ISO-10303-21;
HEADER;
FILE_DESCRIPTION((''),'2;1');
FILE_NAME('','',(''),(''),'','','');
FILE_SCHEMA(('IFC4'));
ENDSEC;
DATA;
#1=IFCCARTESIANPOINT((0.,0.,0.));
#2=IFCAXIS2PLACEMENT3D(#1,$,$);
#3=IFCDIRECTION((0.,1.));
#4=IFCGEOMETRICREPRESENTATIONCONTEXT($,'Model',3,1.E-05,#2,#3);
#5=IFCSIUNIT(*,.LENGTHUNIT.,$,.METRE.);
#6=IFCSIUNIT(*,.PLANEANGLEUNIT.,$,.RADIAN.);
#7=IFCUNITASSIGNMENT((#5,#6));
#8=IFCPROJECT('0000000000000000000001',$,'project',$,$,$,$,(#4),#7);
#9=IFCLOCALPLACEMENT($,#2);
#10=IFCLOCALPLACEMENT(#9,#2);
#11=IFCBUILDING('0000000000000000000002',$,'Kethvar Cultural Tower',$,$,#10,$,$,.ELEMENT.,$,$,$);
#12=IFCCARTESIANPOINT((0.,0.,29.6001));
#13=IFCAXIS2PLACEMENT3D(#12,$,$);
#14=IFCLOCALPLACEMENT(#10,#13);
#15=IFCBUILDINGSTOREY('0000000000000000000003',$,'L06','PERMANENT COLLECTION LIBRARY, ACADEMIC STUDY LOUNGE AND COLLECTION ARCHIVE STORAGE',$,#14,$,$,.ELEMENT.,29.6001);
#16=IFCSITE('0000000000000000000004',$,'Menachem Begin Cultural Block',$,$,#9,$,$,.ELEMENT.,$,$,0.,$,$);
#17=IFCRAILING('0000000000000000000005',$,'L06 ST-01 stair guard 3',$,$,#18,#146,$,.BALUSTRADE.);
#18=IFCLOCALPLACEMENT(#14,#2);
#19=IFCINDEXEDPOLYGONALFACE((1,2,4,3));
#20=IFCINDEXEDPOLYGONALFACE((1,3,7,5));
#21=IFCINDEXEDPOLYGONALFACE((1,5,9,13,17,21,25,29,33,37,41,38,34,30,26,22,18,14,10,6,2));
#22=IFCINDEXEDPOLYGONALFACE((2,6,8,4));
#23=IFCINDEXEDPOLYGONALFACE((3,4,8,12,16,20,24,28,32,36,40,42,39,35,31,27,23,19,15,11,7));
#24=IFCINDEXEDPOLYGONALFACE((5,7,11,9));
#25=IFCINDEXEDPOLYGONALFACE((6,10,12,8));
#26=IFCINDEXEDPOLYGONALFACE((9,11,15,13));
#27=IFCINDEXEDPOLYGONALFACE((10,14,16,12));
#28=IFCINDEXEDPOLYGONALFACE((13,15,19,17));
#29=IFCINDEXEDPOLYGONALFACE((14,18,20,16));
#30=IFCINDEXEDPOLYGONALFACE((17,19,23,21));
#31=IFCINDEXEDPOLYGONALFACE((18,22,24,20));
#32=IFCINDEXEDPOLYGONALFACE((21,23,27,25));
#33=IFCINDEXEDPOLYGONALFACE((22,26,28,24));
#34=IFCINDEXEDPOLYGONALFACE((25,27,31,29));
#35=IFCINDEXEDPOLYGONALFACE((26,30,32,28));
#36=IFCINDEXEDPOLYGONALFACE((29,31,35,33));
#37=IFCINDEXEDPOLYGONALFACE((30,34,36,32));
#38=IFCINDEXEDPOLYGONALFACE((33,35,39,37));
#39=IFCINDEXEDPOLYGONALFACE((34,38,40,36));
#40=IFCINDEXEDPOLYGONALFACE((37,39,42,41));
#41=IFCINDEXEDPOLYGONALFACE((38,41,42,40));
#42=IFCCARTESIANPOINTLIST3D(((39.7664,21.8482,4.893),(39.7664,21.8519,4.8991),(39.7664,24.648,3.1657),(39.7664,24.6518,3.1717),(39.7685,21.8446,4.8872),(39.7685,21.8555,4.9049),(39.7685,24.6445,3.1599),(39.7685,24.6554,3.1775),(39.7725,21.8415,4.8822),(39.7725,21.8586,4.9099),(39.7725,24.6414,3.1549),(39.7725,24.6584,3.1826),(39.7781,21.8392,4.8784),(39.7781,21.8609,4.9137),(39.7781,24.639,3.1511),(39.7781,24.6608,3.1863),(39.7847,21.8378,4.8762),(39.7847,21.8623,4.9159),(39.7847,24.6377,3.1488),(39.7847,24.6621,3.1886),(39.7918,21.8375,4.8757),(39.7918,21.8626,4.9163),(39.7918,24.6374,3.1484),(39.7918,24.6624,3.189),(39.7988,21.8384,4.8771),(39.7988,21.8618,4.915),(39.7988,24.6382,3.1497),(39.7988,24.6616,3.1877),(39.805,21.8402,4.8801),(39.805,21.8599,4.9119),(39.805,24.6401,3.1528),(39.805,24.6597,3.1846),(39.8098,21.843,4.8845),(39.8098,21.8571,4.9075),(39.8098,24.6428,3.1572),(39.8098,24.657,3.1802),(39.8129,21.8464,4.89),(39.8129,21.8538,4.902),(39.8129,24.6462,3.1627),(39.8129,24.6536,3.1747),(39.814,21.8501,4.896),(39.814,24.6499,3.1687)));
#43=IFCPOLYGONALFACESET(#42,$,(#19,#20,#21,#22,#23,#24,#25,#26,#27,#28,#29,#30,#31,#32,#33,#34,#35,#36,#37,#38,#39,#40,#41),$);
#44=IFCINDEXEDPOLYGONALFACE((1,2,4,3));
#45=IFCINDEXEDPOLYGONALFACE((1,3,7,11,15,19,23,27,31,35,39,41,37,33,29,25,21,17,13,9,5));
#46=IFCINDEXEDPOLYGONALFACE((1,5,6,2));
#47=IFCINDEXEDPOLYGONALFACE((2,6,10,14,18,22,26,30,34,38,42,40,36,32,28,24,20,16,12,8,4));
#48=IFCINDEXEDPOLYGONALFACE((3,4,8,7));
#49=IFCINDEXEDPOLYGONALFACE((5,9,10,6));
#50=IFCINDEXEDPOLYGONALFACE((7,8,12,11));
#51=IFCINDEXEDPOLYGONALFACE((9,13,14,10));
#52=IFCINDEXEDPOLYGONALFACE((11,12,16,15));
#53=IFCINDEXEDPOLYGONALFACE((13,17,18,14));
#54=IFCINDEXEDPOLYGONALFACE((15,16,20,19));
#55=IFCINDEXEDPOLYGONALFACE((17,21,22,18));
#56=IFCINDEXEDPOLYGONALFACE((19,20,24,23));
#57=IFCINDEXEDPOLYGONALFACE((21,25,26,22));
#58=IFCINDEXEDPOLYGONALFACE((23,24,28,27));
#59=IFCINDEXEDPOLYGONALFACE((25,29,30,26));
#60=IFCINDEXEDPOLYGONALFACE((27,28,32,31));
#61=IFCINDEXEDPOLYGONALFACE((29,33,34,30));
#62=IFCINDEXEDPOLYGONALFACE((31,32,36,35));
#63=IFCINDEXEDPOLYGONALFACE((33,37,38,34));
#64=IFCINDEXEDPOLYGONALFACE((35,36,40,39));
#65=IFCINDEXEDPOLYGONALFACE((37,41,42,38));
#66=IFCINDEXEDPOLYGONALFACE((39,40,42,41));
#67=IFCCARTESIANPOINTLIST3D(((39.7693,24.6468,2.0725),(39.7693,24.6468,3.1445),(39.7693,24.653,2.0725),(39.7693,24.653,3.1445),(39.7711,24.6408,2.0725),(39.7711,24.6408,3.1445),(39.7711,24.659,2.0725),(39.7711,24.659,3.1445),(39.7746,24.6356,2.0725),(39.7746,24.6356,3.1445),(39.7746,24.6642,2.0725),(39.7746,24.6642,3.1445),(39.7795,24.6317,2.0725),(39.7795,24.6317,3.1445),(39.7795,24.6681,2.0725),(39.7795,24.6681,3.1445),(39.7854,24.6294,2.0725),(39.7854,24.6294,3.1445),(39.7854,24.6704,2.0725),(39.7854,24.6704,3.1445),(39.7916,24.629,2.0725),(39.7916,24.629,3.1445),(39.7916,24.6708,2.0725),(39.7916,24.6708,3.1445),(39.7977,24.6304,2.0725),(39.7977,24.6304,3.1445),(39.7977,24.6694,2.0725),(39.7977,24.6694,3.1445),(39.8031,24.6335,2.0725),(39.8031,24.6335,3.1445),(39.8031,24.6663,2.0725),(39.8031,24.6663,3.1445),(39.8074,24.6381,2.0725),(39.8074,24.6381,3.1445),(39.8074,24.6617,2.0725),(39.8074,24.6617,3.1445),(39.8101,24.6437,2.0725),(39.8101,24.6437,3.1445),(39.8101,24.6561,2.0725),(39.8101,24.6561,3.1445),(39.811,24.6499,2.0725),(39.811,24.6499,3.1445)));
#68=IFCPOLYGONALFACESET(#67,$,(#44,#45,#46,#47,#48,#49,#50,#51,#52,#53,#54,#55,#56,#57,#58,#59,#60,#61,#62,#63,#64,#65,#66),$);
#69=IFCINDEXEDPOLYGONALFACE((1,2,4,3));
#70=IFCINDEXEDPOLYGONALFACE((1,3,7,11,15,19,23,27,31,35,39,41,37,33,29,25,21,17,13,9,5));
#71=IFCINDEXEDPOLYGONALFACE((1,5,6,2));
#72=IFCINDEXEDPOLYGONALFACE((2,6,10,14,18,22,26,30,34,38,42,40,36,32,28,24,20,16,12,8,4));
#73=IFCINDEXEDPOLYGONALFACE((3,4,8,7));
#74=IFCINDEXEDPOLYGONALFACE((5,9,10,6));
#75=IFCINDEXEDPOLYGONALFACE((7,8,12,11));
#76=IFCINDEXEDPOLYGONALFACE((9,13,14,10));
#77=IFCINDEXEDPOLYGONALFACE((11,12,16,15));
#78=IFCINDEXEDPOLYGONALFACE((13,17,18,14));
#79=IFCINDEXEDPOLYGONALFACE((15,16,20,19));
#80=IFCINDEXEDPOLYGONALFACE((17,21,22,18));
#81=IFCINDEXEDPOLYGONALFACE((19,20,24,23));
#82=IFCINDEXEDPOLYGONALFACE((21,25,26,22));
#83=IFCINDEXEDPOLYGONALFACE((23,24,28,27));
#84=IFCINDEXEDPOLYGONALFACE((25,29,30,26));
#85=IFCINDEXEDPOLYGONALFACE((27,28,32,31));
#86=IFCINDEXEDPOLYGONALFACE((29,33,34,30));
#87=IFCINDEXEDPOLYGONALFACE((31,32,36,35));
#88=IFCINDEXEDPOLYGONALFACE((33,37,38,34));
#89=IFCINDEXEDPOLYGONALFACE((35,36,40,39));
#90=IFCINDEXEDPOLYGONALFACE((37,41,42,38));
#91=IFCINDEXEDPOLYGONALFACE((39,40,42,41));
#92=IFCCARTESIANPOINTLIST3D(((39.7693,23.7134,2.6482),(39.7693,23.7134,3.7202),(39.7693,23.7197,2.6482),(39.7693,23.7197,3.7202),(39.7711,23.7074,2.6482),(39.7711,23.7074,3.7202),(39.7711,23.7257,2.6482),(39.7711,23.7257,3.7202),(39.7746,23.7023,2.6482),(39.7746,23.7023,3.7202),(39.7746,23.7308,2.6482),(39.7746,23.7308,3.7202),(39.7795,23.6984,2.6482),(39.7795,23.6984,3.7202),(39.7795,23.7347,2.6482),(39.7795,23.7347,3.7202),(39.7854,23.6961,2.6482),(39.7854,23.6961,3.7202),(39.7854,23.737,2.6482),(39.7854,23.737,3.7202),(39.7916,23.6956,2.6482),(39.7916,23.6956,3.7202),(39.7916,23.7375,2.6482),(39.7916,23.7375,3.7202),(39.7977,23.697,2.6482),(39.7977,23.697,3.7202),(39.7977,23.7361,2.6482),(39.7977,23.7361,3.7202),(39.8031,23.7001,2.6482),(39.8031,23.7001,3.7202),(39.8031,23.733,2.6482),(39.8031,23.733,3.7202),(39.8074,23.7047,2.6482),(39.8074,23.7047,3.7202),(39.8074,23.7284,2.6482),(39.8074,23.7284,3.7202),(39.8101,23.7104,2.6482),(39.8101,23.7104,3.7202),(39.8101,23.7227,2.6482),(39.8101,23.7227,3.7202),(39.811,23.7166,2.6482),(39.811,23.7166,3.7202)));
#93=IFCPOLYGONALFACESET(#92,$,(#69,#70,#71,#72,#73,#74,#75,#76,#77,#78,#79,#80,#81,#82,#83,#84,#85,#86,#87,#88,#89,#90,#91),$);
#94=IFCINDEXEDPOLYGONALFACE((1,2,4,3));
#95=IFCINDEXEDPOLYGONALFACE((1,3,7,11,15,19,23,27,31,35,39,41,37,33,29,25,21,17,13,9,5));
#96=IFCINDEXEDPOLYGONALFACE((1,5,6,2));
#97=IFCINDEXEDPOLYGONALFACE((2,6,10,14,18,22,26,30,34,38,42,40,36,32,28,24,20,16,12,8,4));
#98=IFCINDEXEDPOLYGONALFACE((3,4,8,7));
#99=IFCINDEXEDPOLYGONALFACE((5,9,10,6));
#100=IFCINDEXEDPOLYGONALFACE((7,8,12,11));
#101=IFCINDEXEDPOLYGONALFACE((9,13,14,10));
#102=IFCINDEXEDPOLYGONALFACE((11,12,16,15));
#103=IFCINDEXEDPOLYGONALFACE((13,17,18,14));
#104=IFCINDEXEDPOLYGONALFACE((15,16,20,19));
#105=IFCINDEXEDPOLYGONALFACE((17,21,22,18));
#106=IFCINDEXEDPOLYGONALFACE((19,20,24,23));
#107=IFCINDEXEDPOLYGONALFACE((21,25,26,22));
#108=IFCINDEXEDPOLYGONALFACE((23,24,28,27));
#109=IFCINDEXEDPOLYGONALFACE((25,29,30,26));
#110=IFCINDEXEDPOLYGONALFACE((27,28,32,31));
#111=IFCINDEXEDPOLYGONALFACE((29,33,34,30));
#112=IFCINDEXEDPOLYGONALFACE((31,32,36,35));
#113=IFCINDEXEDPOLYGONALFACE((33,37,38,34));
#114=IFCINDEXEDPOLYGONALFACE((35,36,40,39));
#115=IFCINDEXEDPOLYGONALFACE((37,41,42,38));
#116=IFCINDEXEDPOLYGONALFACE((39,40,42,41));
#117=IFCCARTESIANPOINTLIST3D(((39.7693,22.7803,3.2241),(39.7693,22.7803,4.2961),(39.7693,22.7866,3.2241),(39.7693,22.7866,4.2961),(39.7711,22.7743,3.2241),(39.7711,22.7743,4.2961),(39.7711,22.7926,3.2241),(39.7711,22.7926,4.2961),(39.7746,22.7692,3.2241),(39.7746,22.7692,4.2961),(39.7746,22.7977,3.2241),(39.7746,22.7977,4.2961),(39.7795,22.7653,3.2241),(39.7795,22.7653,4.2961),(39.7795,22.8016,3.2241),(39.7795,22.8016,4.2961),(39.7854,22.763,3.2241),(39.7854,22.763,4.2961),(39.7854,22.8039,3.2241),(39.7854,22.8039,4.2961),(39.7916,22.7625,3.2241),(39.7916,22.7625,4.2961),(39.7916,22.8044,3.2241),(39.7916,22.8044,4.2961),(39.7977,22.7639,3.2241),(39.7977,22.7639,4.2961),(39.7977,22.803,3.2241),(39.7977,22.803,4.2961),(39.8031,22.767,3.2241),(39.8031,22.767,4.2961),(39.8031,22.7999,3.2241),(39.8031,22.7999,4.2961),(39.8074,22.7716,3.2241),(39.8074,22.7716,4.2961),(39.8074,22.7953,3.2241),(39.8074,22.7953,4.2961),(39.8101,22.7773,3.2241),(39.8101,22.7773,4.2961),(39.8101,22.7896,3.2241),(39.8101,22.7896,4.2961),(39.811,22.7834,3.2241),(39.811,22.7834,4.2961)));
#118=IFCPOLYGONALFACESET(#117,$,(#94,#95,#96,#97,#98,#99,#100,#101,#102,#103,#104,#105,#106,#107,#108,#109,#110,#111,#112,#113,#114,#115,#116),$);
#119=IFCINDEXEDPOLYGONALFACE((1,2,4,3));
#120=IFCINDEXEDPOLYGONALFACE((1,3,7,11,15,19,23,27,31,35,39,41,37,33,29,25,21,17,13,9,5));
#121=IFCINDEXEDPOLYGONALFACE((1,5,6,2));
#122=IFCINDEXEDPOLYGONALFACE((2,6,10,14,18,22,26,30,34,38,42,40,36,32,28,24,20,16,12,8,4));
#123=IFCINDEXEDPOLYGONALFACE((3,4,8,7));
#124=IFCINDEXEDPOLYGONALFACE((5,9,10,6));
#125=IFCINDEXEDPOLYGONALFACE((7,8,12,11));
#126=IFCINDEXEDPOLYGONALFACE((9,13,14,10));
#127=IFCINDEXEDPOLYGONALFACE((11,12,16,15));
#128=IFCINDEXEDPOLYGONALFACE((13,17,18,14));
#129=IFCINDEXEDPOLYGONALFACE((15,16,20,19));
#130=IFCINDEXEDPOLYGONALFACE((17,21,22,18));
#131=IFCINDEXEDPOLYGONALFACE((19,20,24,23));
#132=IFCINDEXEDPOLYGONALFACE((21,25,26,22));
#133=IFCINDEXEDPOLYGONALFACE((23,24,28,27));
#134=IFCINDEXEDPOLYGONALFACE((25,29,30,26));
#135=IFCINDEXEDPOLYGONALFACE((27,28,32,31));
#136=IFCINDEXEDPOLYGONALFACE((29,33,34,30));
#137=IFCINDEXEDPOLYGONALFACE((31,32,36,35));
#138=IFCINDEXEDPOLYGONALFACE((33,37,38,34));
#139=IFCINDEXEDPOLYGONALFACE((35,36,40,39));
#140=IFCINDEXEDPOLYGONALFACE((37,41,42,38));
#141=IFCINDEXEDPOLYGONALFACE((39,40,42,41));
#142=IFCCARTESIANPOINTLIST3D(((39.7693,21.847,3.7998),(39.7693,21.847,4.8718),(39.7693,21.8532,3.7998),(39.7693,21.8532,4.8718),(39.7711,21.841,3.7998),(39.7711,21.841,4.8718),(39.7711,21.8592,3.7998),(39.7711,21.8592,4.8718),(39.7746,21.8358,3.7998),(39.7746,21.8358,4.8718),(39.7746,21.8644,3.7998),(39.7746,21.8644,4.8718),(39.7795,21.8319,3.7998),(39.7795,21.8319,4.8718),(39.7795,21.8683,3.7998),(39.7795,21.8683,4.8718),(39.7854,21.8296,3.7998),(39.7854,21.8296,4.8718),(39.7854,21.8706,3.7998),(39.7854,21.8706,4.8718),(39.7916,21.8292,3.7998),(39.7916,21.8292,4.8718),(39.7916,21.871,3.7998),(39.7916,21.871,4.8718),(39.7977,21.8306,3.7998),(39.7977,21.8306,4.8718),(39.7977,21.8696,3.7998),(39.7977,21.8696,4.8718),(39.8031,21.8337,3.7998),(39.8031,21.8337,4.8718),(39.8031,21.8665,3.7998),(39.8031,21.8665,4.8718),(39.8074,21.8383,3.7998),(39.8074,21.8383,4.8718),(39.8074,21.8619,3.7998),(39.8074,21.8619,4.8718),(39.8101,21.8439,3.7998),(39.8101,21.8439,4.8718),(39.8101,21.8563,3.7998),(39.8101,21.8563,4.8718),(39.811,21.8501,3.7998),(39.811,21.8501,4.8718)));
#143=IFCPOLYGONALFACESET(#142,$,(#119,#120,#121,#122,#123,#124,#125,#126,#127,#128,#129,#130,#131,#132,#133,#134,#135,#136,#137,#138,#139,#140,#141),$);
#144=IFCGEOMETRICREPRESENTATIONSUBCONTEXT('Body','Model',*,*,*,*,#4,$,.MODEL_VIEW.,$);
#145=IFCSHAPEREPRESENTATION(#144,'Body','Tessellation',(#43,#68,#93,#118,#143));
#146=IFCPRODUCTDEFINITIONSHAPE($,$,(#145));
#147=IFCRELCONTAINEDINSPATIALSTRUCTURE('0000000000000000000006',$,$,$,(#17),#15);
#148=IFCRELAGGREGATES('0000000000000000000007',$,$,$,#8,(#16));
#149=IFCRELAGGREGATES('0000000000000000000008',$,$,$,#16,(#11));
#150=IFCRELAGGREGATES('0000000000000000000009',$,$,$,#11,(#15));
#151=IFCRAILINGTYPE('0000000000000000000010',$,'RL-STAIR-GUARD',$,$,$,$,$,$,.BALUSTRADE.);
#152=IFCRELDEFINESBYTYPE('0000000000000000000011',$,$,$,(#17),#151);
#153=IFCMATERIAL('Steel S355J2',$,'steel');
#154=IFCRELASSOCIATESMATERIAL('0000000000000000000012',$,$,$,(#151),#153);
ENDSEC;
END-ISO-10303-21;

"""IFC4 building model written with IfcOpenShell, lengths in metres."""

from ifc_helpers import new_model, si_unit, direction, frame, origin, origin_2d, place, context, subcontext, project, spatial, circle, extrude, material, type_object, element, save


model = new_model("IFC4")

# Units and contexts
model_context = context("Model", 3, precision=1e-05, world=origin(), true_north=direction((0.0, 1.0)))
body_context = subcontext(model_context, "Body", "Model", "MODEL_VIEW")
ifc_project = project(units=[si_unit("LENGTHUNIT", "METRE"), si_unit("PLANEANGLEUNIT", "RADIAN")], contexts=[model_context])

# Site, building, storey
site_placement = place(None, origin())
site = spatial("IfcSite", under=ifc_project, at=site_placement, Name="Menachem Begin Cultural Block", CompositionType="ELEMENT", RefElevation=0.0)
building_placement = place(site_placement, origin())
building = spatial("IfcBuilding", under=site, at=building_placement, Name="Kethvar Cultural Tower", CompositionType="ELEMENT")
storey_placement = place(building_placement, frame((0.0, 0.0, 29.6001)))
storey = spatial("IfcBuildingStorey", under=building, at=storey_placement, Name="L06", Description="PERMANENT COLLECTION LIBRARY, ACADEMIC STUDY LOUNGE AND COLLECTION ARCHIVE STORAGE", CompositionType="ELEMENT", Elevation=29.6001)

# Shared definitions
ifc_material_1 = material(Name="Steel S355J2", Category="steel")

# Railing
railing_type_1 = type_object("IfcRailingType", Name="RL-STAIR-GUARD", PredefinedType="BALUSTRADE", material=ifc_material_1)
railing_1_placement = place(storey_placement, frame((39.79, 24.6499, 2.0725)))
element("IfcRailing", 1, at=railing_1_placement, inside=storey, type_object=railing_type_1, Name="L06 ST-01 stair guard 3", PredefinedType="BALUSTRADE", context=body_context, shape_type="SweptSolid", body=[
    extrude(circle(Radius=0.0239, at=origin_2d()), frame((0.0, 0.0, 1.0962), z_axis=(0.0, -0.851069, 0.525054), x_axis=(1.0, 0.0, 0.0)), (0.0, 0.0, 1.0), 3.2898),
    extrude(circle(Radius=0.021, at=origin_2d()), origin(), (0.0, 0.0, 1.0), 1.072),
    extrude(circle(Radius=0.021, at=origin_2d()), frame((0.0, -0.9333, 0.5757)), (0.0, 0.0, 1.0), 1.072),
    extrude(circle(Radius=0.021, at=origin_2d()), frame((0.0, -1.8665, 1.1516)), (0.0, 0.0, 1.0), 1.072),
    extrude(circle(Radius=0.021, at=origin_2d()), frame((0.0, -2.7998, 1.7273)), (0.0, 0.0, 1.0), 1.072),
])

save(model, "model.ifc")
